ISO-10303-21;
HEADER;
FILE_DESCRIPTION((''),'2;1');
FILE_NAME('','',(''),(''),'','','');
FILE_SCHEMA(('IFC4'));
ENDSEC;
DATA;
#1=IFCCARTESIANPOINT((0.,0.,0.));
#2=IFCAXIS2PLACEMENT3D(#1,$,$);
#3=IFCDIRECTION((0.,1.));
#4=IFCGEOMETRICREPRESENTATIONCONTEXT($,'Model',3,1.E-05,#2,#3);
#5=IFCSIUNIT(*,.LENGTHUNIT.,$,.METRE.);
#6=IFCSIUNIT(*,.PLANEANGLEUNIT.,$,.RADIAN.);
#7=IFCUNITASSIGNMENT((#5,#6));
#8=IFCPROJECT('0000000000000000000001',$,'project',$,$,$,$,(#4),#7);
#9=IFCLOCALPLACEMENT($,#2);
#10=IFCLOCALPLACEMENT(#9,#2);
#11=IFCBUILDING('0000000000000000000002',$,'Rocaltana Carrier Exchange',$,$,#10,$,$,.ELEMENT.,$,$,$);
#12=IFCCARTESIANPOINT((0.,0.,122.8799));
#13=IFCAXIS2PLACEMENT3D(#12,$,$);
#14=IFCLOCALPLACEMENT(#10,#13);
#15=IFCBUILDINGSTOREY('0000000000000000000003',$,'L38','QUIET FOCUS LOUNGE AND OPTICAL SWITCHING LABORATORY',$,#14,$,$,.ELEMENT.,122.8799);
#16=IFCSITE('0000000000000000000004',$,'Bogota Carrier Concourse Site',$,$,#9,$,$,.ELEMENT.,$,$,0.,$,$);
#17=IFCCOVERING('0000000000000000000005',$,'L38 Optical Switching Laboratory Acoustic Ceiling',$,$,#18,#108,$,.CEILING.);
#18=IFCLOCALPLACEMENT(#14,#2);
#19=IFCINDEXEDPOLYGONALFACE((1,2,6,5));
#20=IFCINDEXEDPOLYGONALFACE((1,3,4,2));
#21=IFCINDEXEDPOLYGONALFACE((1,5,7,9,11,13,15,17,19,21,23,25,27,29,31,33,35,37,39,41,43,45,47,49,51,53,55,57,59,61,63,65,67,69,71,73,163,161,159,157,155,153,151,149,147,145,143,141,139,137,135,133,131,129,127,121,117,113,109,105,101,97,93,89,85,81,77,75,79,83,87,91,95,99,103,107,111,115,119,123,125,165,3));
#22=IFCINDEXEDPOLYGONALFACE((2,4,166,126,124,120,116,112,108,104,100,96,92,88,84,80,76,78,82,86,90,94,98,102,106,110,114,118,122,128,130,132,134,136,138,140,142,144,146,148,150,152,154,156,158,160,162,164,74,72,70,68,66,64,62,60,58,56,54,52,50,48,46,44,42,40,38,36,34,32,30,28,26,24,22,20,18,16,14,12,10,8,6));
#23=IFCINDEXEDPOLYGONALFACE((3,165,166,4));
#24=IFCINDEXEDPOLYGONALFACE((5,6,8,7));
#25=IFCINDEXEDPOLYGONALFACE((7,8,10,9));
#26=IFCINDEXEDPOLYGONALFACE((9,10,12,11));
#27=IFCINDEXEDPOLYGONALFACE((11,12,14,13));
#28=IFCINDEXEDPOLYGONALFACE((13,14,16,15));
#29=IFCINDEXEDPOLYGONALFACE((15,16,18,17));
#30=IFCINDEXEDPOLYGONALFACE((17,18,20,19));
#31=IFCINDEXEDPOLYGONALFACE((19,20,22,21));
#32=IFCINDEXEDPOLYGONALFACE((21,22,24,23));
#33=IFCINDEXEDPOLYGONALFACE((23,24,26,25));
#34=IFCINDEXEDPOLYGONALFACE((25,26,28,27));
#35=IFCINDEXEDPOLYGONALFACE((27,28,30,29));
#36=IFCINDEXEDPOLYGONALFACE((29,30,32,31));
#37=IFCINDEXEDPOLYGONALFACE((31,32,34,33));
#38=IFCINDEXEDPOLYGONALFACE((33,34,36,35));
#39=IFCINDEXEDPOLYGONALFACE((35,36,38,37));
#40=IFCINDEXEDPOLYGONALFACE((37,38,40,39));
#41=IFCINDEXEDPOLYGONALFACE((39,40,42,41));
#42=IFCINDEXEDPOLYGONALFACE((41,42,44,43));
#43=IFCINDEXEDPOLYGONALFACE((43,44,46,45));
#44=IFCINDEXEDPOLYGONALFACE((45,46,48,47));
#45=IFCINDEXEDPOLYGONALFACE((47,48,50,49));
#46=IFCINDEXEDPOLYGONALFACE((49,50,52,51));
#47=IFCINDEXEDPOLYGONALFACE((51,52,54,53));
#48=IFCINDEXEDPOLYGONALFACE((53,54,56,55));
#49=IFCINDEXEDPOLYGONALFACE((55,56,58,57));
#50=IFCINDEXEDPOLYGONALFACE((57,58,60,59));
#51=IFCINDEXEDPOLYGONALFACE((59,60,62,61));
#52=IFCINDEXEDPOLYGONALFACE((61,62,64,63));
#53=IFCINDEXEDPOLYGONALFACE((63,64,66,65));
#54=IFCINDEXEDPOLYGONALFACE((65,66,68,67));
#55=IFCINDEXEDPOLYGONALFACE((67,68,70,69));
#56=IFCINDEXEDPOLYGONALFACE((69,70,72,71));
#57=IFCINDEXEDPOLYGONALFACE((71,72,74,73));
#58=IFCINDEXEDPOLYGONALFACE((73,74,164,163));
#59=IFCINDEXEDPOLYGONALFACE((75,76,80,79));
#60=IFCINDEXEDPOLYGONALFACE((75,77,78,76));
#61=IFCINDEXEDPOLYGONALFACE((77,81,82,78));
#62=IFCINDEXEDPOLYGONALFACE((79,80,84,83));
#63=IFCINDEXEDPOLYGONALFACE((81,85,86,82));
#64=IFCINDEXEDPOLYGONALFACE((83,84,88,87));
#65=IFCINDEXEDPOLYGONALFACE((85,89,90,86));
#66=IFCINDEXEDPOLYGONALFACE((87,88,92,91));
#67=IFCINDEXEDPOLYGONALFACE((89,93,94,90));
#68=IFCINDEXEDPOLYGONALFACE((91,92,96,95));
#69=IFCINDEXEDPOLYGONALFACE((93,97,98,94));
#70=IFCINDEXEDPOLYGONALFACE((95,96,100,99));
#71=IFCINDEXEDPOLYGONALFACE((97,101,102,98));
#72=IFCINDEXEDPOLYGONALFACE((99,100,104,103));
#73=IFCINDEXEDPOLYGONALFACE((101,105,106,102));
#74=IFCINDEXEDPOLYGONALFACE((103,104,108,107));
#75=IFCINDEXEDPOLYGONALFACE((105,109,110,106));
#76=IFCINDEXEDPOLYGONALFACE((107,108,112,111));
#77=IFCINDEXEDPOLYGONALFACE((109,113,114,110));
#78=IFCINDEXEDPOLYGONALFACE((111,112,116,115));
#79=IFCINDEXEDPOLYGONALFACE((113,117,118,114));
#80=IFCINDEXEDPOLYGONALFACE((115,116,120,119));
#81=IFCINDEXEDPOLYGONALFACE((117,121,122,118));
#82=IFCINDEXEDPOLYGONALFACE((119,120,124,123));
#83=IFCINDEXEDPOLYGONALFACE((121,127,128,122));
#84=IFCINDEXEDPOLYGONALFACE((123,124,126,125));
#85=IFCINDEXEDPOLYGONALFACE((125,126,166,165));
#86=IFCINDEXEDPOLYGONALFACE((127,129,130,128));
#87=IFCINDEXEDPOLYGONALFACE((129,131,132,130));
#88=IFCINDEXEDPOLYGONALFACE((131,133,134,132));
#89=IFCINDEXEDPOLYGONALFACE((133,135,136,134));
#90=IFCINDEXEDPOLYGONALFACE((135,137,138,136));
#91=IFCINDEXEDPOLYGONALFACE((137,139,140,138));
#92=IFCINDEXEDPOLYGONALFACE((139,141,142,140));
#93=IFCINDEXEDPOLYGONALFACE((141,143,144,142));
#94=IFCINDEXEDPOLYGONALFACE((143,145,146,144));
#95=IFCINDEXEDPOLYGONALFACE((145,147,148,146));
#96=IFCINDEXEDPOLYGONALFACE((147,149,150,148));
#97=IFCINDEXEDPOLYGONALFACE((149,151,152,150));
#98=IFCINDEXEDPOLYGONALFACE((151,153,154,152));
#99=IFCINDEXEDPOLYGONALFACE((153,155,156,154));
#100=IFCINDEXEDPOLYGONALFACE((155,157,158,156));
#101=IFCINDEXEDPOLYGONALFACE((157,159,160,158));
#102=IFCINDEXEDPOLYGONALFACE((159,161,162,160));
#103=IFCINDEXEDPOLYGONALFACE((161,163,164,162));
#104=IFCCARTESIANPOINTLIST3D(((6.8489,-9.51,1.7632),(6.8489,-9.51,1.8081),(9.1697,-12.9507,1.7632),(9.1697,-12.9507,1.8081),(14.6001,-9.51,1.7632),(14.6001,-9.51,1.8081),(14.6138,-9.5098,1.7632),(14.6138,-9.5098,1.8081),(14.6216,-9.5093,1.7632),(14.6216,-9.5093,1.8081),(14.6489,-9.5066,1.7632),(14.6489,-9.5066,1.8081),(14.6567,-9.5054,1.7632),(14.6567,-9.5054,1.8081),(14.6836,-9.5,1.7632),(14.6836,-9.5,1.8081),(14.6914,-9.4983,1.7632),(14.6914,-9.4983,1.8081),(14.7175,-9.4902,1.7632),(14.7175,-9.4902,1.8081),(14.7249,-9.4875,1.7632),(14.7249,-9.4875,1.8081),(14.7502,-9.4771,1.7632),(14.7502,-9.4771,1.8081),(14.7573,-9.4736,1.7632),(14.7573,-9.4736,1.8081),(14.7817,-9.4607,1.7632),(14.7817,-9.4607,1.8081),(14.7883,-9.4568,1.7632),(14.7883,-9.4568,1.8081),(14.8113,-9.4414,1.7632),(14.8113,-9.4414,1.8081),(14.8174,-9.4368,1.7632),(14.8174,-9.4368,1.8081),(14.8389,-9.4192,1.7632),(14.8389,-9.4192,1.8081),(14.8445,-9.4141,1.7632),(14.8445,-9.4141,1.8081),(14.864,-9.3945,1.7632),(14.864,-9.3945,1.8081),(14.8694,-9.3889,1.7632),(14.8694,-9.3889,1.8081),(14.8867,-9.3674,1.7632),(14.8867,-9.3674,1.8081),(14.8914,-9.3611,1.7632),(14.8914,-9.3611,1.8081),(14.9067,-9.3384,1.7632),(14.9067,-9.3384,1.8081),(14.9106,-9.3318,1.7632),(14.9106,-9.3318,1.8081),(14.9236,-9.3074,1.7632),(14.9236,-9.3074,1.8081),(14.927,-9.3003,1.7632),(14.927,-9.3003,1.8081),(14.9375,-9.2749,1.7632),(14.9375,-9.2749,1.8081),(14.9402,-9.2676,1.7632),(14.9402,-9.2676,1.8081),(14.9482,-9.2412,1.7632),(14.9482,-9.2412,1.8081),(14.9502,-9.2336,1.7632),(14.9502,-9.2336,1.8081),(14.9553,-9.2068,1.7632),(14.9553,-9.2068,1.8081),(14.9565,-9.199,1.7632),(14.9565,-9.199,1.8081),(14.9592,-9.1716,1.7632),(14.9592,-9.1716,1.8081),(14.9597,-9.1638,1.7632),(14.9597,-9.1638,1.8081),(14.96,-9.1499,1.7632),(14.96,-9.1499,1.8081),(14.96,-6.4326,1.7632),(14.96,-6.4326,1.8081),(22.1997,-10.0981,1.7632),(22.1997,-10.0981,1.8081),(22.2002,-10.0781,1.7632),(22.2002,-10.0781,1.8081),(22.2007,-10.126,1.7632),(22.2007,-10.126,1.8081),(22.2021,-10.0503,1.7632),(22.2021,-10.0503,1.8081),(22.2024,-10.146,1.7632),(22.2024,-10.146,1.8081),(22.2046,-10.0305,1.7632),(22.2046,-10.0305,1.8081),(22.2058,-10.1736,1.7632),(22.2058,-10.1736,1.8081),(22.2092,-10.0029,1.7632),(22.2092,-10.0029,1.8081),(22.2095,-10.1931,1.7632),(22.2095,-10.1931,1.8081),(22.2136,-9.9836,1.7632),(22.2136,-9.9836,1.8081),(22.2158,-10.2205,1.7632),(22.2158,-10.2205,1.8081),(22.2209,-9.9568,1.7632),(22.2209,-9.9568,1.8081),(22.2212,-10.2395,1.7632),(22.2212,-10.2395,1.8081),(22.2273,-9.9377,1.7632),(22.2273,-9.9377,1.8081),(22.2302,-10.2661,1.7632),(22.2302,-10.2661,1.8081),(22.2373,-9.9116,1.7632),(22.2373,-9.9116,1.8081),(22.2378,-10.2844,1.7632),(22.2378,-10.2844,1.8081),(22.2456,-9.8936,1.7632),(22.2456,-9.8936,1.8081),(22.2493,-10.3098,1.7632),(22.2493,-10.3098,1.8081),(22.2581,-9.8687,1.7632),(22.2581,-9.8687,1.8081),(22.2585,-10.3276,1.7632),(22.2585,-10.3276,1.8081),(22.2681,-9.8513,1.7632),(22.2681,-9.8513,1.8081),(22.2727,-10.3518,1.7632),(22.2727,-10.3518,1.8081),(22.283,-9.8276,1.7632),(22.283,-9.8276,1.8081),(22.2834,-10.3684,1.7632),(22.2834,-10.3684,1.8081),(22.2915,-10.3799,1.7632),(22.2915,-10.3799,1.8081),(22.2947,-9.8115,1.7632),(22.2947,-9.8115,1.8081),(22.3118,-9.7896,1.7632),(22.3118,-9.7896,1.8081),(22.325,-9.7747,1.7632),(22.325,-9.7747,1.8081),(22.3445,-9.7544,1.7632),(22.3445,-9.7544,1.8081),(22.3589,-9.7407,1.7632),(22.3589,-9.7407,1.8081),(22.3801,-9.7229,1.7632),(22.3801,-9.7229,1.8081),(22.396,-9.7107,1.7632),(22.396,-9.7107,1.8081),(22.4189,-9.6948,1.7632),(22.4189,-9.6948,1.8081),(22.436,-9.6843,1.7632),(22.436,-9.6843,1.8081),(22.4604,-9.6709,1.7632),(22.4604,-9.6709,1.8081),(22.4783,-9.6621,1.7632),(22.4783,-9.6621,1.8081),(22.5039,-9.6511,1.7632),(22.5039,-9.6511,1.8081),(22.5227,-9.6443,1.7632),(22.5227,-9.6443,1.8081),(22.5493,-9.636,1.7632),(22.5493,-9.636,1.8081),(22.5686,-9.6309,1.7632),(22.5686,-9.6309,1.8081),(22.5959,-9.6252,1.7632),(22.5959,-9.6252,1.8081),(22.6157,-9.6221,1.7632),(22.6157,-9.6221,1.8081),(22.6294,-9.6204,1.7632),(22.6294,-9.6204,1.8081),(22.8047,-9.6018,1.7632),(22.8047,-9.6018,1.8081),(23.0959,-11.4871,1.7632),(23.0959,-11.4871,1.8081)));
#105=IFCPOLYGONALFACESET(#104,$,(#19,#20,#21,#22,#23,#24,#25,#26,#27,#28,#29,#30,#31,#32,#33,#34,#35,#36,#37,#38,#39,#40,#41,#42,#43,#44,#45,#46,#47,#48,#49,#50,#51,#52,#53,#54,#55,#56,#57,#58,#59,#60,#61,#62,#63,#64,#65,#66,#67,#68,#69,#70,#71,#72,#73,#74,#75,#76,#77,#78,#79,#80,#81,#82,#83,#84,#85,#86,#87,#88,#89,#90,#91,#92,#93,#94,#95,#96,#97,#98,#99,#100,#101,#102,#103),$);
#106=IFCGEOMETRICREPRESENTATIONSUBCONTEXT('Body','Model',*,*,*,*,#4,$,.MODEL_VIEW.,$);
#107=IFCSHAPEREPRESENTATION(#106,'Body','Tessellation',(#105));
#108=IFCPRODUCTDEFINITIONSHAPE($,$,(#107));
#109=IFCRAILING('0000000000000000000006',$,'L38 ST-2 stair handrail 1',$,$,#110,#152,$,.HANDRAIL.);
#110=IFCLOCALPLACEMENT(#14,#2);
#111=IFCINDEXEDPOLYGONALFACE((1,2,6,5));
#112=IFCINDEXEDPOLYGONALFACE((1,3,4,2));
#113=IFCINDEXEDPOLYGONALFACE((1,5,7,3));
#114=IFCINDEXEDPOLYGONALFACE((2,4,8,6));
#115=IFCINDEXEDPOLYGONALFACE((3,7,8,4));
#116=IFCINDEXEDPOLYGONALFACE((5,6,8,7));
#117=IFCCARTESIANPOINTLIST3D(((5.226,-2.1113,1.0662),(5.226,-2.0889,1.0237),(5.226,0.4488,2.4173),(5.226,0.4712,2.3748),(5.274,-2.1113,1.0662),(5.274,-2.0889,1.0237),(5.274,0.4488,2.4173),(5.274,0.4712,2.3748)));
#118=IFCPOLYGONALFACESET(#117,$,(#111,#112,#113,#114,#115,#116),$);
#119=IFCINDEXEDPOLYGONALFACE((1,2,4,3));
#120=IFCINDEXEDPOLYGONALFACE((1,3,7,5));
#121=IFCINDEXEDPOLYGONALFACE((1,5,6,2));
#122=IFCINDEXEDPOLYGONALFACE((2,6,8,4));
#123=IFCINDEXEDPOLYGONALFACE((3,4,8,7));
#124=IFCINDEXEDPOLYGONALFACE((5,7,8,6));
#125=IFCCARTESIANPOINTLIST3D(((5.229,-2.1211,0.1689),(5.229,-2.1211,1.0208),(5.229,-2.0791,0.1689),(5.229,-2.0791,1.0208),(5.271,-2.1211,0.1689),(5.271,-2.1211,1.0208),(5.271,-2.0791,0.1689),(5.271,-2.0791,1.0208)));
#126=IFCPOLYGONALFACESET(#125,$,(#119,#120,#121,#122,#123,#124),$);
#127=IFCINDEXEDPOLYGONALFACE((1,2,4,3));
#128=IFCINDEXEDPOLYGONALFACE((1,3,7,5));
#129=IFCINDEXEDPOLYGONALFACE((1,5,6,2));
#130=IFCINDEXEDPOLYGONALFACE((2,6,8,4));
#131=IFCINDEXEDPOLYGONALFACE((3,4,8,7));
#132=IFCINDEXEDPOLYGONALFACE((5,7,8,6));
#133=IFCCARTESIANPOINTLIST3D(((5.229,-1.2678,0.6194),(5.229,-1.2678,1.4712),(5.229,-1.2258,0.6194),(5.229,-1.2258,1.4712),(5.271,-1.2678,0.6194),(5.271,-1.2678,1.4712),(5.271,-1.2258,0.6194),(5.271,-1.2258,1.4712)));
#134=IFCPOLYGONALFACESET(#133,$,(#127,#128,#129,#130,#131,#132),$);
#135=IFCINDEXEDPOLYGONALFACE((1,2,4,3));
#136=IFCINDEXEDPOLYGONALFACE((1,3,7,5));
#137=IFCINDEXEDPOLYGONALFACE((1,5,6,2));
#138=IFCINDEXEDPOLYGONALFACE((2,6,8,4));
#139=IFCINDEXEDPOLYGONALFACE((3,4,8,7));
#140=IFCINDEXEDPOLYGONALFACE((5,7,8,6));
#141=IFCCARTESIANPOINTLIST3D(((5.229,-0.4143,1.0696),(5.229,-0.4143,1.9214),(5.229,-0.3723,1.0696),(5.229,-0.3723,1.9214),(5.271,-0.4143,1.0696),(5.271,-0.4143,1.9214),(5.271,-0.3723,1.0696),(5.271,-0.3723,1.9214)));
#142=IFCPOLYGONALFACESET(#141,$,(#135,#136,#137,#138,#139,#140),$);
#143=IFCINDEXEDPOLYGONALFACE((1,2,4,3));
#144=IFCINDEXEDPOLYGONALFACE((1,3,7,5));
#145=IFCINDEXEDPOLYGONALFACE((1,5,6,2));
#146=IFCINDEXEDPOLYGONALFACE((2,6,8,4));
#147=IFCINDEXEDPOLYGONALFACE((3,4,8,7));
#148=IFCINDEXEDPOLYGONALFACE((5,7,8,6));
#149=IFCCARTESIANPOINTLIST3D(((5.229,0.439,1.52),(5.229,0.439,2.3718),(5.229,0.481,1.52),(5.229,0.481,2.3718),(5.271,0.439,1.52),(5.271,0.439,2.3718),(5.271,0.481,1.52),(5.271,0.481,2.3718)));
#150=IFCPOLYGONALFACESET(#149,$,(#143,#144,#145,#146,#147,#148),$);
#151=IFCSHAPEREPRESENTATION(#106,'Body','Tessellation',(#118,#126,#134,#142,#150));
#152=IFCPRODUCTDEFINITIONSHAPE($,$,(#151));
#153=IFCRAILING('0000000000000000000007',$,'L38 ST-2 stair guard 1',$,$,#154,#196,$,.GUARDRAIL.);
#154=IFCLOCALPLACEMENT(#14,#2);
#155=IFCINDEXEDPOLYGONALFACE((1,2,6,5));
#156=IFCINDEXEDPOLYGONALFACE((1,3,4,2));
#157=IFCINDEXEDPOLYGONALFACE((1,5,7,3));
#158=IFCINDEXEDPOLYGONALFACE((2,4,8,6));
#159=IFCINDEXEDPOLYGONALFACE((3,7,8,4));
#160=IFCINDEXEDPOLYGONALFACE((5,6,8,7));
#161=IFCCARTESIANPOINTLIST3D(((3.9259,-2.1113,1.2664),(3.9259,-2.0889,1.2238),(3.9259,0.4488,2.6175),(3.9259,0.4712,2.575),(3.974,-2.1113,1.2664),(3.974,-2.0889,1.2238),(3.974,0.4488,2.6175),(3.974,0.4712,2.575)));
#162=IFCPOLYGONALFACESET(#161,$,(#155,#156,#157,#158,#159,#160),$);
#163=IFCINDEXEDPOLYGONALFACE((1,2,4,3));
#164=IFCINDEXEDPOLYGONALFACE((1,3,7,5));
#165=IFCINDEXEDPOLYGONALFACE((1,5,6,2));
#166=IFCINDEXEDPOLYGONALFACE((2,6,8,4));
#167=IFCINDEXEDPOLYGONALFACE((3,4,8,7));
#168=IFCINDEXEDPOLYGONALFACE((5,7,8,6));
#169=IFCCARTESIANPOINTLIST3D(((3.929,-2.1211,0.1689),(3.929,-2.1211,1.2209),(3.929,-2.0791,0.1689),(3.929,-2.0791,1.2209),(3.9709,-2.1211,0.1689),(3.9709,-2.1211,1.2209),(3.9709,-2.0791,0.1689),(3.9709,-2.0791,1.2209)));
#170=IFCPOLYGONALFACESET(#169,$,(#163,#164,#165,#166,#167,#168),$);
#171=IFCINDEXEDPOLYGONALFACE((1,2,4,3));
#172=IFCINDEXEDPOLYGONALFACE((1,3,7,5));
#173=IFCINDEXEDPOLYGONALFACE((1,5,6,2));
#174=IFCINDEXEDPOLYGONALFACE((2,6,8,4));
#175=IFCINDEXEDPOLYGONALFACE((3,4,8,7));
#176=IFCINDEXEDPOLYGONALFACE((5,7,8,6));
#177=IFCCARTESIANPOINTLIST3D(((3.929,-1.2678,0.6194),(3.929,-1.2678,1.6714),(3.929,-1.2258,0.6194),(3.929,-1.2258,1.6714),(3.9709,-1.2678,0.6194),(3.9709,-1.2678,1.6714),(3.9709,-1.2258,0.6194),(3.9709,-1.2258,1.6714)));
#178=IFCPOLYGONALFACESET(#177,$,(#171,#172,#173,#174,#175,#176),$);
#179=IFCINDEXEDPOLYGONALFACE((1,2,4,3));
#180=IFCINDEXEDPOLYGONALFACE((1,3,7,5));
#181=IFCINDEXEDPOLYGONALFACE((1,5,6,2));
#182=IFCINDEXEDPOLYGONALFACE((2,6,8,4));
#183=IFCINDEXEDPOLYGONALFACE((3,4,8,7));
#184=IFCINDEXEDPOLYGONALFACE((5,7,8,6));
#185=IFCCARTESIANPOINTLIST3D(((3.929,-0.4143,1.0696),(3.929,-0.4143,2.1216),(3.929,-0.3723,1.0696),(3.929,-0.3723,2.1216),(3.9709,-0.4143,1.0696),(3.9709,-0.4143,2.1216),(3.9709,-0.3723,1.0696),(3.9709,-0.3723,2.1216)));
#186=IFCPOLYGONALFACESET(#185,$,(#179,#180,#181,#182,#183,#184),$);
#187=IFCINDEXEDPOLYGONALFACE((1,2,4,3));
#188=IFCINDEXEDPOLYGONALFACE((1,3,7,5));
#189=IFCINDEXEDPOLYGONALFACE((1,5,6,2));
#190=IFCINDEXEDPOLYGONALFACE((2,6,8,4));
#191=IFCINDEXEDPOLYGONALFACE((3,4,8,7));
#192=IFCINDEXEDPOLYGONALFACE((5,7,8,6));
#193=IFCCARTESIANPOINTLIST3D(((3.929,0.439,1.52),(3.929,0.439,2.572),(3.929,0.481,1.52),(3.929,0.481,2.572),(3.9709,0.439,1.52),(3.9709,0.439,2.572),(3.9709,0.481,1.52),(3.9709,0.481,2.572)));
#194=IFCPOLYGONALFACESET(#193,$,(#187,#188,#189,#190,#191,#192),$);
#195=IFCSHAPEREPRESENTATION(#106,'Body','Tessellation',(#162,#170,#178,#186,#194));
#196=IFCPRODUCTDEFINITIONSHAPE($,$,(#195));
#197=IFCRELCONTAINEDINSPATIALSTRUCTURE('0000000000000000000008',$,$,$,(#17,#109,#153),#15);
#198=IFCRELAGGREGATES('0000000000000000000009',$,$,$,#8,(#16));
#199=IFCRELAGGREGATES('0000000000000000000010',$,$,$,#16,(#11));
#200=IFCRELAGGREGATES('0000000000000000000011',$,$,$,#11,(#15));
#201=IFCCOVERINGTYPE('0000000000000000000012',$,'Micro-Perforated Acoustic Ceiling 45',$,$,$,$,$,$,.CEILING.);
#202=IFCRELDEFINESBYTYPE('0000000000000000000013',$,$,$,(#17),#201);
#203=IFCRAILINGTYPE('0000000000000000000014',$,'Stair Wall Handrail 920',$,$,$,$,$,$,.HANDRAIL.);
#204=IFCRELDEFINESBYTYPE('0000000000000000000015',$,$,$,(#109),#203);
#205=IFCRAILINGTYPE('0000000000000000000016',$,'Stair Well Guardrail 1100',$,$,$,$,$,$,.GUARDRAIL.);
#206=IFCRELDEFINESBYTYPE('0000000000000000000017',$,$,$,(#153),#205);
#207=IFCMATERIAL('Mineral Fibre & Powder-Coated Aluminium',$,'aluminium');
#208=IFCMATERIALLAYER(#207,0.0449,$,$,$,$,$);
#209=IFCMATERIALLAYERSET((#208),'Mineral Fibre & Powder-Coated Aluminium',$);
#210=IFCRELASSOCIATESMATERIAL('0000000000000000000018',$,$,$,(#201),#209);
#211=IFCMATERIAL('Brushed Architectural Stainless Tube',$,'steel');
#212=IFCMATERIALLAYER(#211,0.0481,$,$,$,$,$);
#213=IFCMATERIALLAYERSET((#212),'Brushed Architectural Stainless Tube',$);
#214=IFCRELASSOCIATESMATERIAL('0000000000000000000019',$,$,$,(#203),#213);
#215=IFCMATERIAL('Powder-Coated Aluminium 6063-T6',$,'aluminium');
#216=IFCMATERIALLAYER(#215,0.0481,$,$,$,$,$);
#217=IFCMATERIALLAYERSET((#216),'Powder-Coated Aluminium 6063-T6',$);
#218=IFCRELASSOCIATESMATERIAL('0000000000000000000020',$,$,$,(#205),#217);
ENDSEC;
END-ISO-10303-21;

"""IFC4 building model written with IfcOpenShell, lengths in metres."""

from ifc_helpers import new_model, si_unit, direction, frame, origin, origin_2d, place, context, subcontext, project, spatial, polyline, rectangle, outline, extrude, material, layer, layer_set, type_object, element, save


model = new_model("IFC4")

# Units and contexts
model_context = context("Model", 3, precision=1e-05, world=origin(), true_north=direction((0.0, 1.0)))
body_context = subcontext(model_context, "Body", "Model", "MODEL_VIEW")
ifc_project = project(units=[si_unit("LENGTHUNIT", "METRE"), si_unit("PLANEANGLEUNIT", "RADIAN")], contexts=[model_context])

# Site, building, storey
site_placement = place(None, origin())
site = spatial("IfcSite", under=ifc_project, at=site_placement, Name="Bogota Carrier Concourse Site", CompositionType="ELEMENT", RefElevation=0.0)
building_placement = place(site_placement, origin())
building = spatial("IfcBuilding", under=site, at=building_placement, Name="Rocaltana Carrier Exchange", CompositionType="ELEMENT")
storey_placement = place(building_placement, frame((0.0, 0.0, 122.8799)))
storey = spatial("IfcBuildingStorey", under=building, at=storey_placement, Name="L38", Description="QUIET FOCUS LOUNGE AND OPTICAL SWITCHING LABORATORY", CompositionType="ELEMENT", Elevation=122.8799)

# Covering
ifc_material_1 = material(Name="Mineral Fibre & Powder-Coated Aluminium", Category="aluminium")
ifc_layer_1 = layer(ifc_material_1, 0.0449)
ifc_layer_set_1 = layer_set([ifc_layer_1], Name="Mineral Fibre & Powder-Coated Aluminium")
covering_type_1 = type_object("IfcCoveringType", Name="Micro-Perforated Acoustic Ceiling 45", PredefinedType="CEILING", material=ifc_layer_set_1)
covering_1_placement = place(storey_placement, frame((0.0, 0.0, 1.7632)))
element("IfcCovering", 1, at=covering_1_placement, inside=storey, type_object=covering_type_1, Name="L38 Optical Switching Laboratory Acoustic Ceiling", PredefinedType="CEILING", context=body_context, shape_type="SweptSolid", body=[
    extrude(outline(polyline([(22.6294, -9.6204), (22.6157, -9.6221), (22.5959, -9.6252), (22.5686, -9.6309), (22.5493, -9.636), (22.5227, -9.6443), (22.5039, -9.6511), (22.4783, -9.6621), (22.4604, -9.6709), (22.436, -9.6843), (22.4189, -9.6948), (22.396, -9.7107), (22.3801, -9.7229), (22.3589, -9.7407), (22.3445, -9.7544), (22.325, -9.7747), (22.3118, -9.7896), (22.2947, -9.8115), (22.283, -9.8276), (22.2681, -9.8513), (22.2581, -9.8687), (22.2456, -9.8936), (22.2373, -9.9116), (22.2273, -9.9377), (22.2209, -9.9568), (22.2136, -9.9836), (22.2092, -10.0029), (22.2046, -10.0305), (22.2021, -10.0503), (22.2002, -10.0781), (22.1997, -10.0981), (22.2007, -10.126), (22.2024, -10.146), (22.2058, -10.1736), (22.2095, -10.1931), (22.2158, -10.2205), (22.2212, -10.2395), (22.2302, -10.2661), (22.2378, -10.2844), (22.2493, -10.3098), (22.2585, -10.3276), (22.2727, -10.3518), (22.2834, -10.3684), (22.2915, -10.3799), (23.0959, -11.4871), (9.1697, -12.9507), (6.8489, -9.51), (14.6001, -9.51), (14.6138, -9.5098), (14.6216, -9.5093), (14.6489, -9.5066), (14.6567, -9.5054), (14.6836, -9.5), (14.6914, -9.4983), (14.7175, -9.4902), (14.7249, -9.4875), (14.7502, -9.4771), (14.7573, -9.4736), (14.7817, -9.4607), (14.7883, -9.4568), (14.8113, -9.4414), (14.8174, -9.4368), (14.8389, -9.4192), (14.8445, -9.4141), (14.864, -9.3945), (14.8694, -9.3889), (14.8867, -9.3674), (14.8914, -9.3611), (14.9067, -9.3384), (14.9106, -9.3318), (14.9236, -9.3074), (14.927, -9.3003), (14.9375, -9.2749), (14.9402, -9.2676), (14.9482, -9.2412), (14.9502, -9.2336), (14.9553, -9.2068), (14.9565, -9.199), (14.9592, -9.1716), (14.9597, -9.1638), (14.96, -9.1499), (14.96, -6.4326), (22.8047, -9.6018), (22.6294, -9.6204)])), origin(), (0.0, 0.0, 1.0), 0.0449),
])

# Railings
ifc_material_2 = material(Name="Brushed Architectural Stainless Tube", Category="steel")
ifc_layer_2 = layer(ifc_material_2, 0.0481)
ifc_layer_set_2 = layer_set([ifc_layer_2], Name="Brushed Architectural Stainless Tube")
railing_type_1 = type_object("IfcRailingType", Name="Stair Wall Handrail 920", PredefinedType="HANDRAIL", material=ifc_layer_set_2)
railing_1_placement = place(storey_placement, frame((5.25, -2.1001, 0.1689)))
element("IfcRailing", 2, at=railing_1_placement, inside=storey, type_object=railing_type_1, Name="L38 ST-2 stair handrail 1", PredefinedType="HANDRAIL", context=body_context, shape_type="SweptSolid", body=[
    extrude(rectangle(XDim=0.0481, YDim=0.0481, at=origin_2d()), frame((0.0, 0.0, 0.876), z_axis=(0.0, 0.884394, 0.46674), x_axis=(-1.0, 0.0, 0.0)), (0.0, 0.0, 1.0), 2.8948),
    extrude(rectangle(XDim=0.042, YDim=0.042, at=origin_2d()), origin(), (0.0, 0.0, 1.0), 0.8518),
    extrude(rectangle(XDim=0.042, YDim=0.042, at=origin_2d()), frame((0.0, 0.8533, 0.4504)), (0.0, 0.0, 1.0), 0.8518),
    extrude(rectangle(XDim=0.042, YDim=0.042, at=origin_2d()), frame((0.0, 1.7068, 0.9006)), (0.0, 0.0, 1.0), 0.8518),
    extrude(rectangle(XDim=0.042, YDim=0.042, at=origin_2d()), frame((0.0, 2.5601, 1.3511)), (0.0, 0.0, 1.0), 0.8518),
])
ifc_material_3 = material(Name="Powder-Coated Aluminium 6063-T6", Category="aluminium")
ifc_layer_3 = layer(ifc_material_3, 0.0481)
ifc_layer_set_3 = layer_set([ifc_layer_3], Name="Powder-Coated Aluminium 6063-T6")
railing_type_2 = type_object("IfcRailingType", Name="Stair Well Guardrail 1100", PredefinedType="GUARDRAIL", material=ifc_layer_set_3)
railing_2_placement = place(storey_placement, frame((3.95, -2.1001, 0.1689)))
element("IfcRailing", 3, at=railing_2_placement, inside=storey, type_object=railing_type_2, Name="L38 ST-2 stair guard 1", PredefinedType="GUARDRAIL", context=body_context, shape_type="SweptSolid", body=[
    extrude(rectangle(XDim=0.0481, YDim=0.0481, at=origin_2d()), frame((0.0, 0.0, 1.0762), z_axis=(0.0, 0.884394, 0.46674), x_axis=(-1.0, 0.0, 0.0)), (0.0, 0.0, 1.0), 2.8948),
    extrude(rectangle(XDim=0.042, YDim=0.042, at=origin_2d()), origin(), (0.0, 0.0, 1.0), 1.052),
    extrude(rectangle(XDim=0.042, YDim=0.042, at=origin_2d()), frame((0.0, 0.8533, 0.4504)), (0.0, 0.0, 1.0), 1.052),
    extrude(rectangle(XDim=0.042, YDim=0.042, at=origin_2d()), frame((0.0, 1.7068, 0.9006)), (0.0, 0.0, 1.0), 1.052),
    extrude(rectangle(XDim=0.042, YDim=0.042, at=origin_2d()), frame((0.0, 2.5601, 1.3511)), (0.0, 0.0, 1.0), 1.052),
])

save(model, "model.ifc")
